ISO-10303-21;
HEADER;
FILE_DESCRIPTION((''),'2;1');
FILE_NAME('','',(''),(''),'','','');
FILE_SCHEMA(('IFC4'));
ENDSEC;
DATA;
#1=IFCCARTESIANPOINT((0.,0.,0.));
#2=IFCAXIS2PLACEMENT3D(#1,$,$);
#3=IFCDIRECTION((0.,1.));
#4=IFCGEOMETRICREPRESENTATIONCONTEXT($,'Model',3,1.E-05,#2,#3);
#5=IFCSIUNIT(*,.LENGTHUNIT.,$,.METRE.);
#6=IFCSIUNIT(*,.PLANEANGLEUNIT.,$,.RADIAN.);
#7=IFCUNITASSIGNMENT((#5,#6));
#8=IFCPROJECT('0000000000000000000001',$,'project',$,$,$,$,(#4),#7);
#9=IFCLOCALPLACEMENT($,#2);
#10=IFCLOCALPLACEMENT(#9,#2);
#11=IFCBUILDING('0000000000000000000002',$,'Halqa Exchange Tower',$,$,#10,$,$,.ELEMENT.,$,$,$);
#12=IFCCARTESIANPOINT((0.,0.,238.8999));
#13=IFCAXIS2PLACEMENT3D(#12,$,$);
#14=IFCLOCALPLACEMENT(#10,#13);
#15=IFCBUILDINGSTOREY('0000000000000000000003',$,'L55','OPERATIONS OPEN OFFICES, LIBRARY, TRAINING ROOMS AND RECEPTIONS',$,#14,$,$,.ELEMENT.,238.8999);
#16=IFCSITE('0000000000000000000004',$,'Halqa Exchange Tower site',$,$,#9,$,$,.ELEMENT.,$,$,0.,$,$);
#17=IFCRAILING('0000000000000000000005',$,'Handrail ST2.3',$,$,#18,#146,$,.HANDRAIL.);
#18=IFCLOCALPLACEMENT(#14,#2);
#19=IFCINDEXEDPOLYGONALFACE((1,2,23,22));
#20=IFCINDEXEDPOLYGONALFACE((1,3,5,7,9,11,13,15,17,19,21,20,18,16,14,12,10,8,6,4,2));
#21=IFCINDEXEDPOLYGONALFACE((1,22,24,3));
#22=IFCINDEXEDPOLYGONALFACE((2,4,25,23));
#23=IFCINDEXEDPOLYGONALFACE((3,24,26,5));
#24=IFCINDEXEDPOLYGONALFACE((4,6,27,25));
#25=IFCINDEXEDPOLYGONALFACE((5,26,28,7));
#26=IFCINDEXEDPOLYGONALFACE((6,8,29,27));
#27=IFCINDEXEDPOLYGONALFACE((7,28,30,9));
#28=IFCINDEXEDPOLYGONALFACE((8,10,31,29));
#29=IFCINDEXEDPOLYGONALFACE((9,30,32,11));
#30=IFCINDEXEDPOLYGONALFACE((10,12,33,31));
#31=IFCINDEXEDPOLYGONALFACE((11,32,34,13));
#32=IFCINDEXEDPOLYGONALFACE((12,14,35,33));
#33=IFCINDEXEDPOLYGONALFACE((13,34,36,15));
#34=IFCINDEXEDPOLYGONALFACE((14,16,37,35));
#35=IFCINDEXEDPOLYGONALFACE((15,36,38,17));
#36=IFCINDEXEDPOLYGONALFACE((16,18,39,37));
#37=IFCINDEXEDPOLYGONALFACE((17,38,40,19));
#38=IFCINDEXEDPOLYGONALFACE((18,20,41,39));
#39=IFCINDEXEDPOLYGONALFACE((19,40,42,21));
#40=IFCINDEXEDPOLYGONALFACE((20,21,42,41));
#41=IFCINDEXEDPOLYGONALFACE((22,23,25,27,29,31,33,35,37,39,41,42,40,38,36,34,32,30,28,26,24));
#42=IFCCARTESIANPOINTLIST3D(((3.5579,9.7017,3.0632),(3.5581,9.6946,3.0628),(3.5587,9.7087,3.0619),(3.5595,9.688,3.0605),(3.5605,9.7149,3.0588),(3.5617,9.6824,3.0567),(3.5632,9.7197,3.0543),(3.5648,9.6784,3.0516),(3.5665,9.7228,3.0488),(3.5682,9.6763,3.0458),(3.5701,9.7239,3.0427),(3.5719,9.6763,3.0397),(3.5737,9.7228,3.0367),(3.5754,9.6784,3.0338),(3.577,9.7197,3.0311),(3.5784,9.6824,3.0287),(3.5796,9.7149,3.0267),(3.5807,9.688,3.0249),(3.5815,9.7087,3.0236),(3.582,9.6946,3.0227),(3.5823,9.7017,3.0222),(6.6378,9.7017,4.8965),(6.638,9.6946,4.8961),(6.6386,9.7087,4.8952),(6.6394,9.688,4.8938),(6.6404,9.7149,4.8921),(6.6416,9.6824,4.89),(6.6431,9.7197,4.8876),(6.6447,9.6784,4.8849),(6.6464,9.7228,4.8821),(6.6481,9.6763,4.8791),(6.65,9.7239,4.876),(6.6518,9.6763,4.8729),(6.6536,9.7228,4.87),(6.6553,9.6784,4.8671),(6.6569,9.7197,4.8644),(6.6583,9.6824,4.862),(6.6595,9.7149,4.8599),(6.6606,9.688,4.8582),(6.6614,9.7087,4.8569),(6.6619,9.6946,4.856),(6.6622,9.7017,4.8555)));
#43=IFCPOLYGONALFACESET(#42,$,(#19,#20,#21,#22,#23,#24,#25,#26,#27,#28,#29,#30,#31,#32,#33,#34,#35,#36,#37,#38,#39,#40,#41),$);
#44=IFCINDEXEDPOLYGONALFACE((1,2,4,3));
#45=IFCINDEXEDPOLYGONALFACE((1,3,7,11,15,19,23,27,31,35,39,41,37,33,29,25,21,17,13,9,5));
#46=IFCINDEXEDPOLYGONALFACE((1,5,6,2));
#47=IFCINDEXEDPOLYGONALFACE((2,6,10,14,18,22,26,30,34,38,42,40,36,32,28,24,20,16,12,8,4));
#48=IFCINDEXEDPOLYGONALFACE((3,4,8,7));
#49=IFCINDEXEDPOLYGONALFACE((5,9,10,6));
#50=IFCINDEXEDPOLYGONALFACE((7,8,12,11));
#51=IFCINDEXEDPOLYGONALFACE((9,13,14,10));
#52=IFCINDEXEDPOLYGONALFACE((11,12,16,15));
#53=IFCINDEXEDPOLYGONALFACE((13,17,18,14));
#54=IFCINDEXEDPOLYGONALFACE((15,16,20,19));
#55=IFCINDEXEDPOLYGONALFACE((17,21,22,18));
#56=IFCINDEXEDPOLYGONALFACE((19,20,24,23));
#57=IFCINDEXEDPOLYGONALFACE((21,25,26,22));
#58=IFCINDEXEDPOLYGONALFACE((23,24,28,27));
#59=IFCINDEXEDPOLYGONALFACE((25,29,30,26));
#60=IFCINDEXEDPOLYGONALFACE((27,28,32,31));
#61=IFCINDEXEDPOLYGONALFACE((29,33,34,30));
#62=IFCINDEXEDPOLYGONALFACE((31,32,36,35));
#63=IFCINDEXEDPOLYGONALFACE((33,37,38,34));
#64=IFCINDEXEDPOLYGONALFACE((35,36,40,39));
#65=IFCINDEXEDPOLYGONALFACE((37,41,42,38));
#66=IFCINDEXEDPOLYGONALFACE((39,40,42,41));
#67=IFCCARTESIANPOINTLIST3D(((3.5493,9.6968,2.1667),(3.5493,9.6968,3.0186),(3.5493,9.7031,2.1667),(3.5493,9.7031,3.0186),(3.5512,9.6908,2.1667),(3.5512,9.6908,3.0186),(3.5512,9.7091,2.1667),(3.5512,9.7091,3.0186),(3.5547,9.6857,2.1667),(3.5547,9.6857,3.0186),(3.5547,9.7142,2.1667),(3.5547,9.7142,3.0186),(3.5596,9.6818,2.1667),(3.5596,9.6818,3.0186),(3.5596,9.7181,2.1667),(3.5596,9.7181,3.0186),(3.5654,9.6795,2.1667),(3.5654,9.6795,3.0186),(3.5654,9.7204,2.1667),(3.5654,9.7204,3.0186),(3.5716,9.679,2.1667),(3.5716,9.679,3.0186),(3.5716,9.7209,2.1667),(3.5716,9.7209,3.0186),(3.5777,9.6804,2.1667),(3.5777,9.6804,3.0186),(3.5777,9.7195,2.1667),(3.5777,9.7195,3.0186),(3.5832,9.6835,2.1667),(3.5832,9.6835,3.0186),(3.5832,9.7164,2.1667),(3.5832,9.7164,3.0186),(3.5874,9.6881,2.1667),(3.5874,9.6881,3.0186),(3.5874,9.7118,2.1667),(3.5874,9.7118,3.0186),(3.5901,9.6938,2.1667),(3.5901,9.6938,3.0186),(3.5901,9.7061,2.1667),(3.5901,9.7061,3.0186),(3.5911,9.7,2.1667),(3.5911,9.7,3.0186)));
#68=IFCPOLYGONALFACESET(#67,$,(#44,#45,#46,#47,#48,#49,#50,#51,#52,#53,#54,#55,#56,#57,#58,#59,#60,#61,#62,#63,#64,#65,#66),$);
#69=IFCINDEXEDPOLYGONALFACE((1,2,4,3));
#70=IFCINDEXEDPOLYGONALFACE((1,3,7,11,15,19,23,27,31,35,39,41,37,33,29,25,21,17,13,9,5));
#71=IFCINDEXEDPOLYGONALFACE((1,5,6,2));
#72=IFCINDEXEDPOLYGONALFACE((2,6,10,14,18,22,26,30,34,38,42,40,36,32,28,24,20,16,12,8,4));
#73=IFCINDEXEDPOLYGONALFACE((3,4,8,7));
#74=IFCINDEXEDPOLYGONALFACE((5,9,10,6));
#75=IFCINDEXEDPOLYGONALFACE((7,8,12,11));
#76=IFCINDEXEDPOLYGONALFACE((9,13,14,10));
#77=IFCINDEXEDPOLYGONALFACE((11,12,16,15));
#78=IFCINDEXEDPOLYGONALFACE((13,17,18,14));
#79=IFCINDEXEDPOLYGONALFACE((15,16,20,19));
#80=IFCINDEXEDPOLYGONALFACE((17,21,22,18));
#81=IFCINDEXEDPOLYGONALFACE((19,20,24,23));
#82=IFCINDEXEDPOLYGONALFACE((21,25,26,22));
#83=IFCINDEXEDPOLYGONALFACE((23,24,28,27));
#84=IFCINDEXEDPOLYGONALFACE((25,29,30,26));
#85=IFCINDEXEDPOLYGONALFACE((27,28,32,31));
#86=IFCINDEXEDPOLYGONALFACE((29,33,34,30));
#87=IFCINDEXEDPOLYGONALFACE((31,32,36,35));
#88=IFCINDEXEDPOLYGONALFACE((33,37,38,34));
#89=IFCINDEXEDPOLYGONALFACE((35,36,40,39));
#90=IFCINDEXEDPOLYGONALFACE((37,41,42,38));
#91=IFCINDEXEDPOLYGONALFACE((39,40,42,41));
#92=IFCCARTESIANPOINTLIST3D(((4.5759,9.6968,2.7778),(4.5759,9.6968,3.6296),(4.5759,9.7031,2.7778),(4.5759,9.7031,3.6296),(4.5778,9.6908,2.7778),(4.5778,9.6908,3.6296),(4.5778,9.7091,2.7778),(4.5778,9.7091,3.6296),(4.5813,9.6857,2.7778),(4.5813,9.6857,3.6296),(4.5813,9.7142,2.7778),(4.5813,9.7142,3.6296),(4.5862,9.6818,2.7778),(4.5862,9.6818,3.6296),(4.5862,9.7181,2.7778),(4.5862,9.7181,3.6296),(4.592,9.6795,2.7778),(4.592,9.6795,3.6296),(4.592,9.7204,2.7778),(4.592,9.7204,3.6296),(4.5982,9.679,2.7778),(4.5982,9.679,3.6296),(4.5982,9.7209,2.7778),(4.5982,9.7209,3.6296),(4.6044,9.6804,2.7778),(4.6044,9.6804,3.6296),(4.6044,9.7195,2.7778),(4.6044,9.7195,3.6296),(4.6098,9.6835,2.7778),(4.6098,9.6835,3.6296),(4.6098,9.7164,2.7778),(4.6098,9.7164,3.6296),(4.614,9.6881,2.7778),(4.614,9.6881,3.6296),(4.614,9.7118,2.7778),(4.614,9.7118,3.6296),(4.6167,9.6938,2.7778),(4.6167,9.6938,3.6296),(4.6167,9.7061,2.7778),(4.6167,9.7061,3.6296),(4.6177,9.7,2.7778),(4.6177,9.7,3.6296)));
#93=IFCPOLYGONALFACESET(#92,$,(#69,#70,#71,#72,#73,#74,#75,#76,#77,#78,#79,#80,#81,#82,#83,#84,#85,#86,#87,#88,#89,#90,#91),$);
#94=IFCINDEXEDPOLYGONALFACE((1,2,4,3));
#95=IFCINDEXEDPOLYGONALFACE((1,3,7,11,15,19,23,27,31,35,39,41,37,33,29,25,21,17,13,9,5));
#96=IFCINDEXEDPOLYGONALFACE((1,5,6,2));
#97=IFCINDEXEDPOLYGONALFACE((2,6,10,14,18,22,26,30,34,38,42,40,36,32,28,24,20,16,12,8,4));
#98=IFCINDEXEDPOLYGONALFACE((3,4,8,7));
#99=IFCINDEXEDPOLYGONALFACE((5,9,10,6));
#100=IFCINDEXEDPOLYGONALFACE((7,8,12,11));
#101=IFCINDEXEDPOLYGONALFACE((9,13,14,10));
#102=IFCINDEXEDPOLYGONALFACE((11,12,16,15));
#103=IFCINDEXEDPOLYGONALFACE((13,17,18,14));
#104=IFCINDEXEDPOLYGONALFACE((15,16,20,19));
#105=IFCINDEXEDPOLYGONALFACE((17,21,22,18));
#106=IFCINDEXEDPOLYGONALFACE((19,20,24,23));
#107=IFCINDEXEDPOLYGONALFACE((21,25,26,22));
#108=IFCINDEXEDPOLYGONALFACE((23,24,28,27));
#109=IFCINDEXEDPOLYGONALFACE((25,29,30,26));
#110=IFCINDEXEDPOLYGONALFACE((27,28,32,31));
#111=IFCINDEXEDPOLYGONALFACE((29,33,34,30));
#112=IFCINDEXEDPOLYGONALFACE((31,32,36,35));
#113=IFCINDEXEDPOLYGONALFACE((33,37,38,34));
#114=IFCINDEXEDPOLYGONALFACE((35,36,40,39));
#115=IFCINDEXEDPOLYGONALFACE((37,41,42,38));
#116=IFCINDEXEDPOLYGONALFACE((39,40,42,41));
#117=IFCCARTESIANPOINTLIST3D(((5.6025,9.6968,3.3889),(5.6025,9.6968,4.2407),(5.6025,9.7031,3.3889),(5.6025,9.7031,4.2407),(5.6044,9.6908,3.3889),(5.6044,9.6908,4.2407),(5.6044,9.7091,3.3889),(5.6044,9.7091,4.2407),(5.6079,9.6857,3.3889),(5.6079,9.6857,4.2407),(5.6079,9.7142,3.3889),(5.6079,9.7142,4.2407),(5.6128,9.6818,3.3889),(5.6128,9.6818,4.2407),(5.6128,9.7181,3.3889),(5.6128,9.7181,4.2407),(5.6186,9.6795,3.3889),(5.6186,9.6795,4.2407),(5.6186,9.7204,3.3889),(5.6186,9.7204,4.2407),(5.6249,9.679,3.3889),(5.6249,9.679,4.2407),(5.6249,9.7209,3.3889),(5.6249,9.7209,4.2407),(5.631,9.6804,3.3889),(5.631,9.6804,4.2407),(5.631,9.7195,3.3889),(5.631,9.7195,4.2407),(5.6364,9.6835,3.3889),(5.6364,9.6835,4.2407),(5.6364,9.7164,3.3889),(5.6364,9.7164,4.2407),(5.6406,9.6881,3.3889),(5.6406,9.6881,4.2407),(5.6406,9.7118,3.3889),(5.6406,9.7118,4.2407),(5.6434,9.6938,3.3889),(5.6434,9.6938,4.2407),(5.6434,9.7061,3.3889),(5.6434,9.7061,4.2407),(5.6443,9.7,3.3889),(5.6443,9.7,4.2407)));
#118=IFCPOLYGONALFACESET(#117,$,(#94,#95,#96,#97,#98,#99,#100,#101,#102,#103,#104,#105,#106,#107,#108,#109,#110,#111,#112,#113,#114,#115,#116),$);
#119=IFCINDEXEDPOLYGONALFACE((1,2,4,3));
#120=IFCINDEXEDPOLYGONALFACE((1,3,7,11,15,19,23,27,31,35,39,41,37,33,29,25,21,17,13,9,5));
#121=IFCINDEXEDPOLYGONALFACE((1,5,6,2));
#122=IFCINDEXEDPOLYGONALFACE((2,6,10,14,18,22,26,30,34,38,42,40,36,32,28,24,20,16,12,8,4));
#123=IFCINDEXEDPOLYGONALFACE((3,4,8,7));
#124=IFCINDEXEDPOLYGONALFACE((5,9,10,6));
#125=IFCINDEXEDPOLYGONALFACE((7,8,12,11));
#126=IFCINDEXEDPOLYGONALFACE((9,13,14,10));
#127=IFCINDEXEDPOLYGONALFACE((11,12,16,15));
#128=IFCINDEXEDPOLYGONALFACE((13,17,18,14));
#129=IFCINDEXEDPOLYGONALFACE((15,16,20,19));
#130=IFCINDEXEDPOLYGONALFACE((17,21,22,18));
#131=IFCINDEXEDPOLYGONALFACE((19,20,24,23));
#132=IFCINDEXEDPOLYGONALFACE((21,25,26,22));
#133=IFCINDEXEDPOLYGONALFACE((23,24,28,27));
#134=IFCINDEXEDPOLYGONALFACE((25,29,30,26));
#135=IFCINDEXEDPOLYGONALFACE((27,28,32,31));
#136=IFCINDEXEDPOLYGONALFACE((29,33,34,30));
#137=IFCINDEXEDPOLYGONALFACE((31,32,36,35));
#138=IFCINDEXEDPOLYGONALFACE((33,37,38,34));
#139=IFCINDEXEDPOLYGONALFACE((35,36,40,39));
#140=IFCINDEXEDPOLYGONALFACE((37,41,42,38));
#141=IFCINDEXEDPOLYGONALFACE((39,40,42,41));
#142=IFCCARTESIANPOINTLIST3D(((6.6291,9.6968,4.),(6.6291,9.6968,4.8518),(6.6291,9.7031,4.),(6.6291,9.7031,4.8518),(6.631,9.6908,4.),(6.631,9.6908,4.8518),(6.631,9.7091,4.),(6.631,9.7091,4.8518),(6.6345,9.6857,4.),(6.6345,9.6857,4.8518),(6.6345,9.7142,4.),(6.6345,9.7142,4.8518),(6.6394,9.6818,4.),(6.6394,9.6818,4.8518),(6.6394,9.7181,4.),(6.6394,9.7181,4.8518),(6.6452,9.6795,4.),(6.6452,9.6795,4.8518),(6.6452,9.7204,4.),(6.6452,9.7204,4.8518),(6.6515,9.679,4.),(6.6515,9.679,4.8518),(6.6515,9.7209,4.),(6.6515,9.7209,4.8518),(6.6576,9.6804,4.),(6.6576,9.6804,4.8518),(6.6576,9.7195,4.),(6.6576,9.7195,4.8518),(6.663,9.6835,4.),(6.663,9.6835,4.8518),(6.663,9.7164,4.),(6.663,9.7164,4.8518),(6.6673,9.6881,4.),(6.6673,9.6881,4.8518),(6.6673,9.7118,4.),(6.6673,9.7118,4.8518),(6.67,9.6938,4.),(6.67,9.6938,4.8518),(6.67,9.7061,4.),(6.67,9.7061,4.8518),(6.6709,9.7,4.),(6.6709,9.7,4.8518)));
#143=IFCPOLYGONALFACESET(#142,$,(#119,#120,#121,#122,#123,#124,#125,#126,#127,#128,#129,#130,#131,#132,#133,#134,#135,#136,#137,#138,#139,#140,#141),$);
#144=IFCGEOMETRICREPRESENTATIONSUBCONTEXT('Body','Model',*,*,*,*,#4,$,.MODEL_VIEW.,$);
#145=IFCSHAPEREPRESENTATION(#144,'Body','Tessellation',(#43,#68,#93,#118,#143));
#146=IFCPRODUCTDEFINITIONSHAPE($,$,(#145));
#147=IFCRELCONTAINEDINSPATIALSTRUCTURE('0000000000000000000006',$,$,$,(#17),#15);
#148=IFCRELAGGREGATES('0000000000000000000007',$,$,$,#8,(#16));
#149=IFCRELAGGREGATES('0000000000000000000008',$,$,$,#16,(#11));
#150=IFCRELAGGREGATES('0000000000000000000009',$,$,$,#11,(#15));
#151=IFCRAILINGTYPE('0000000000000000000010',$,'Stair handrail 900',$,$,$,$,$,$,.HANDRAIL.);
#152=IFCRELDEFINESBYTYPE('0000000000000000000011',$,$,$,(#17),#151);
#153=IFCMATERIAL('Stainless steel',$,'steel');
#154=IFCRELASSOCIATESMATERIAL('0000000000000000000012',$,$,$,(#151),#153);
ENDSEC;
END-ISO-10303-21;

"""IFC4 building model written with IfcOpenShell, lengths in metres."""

from ifc_helpers import new_model, si_unit, direction, frame, origin, origin_2d, place, context, subcontext, project, spatial, circle, extrude, material, type_object, element, save


model = new_model("IFC4")

# Units and contexts
model_context = context("Model", 3, precision=1e-05, world=origin(), true_north=direction((0.0, 1.0)))
body_context = subcontext(model_context, "Body", "Model", "MODEL_VIEW")
ifc_project = project(units=[si_unit("LENGTHUNIT", "METRE"), si_unit("PLANEANGLEUNIT", "RADIAN")], contexts=[model_context])

# Site, building, storey
site_placement = place(None, origin())
site = spatial("IfcSite", under=ifc_project, at=site_placement, Name="Halqa Exchange Tower site", CompositionType="ELEMENT", RefElevation=0.0)
building_placement = place(site_placement, origin())
building = spatial("IfcBuilding", under=site, at=building_placement, Name="Halqa Exchange Tower", CompositionType="ELEMENT")
storey_placement = place(building_placement, frame((0.0, 0.0, 238.8999)))
storey = spatial("IfcBuildingStorey", under=building, at=storey_placement, Name="L55", Description="OPERATIONS OPEN OFFICES, LIBRARY, TRAINING ROOMS AND RECEPTIONS", CompositionType="ELEMENT", Elevation=238.8999)

# Railing
ifc_material_1 = material(Name="Stainless steel", Category="steel")
railing_type_1 = type_object("IfcRailingType", Name="Stair handrail 900", PredefinedType="HANDRAIL", material=ifc_material_1)
railing_1_placement = place(storey_placement, frame((3.5701, 9.7, 2.1667)))
element("IfcRailing", 1, at=railing_1_placement, inside=storey, type_object=railing_type_1, Name="Handrail ST2.3", PredefinedType="HANDRAIL", context=body_context, shape_type="SweptSolid", body=[
    extrude(circle(Radius=0.0239, at=origin_2d()), frame((0.0, 0.0, 0.876), z_axis=(0.859291, 0.0, 0.511487), x_axis=(0.0, 1.0, 0.0)), (0.0, 0.0, 1.0), 3.5842),
    extrude(circle(Radius=0.021, at=origin_2d()), origin(), (0.0, 0.0, 1.0), 0.8518),
    extrude(circle(Radius=0.021, at=origin_2d()), frame((1.0266, 0.0, 0.6111)), (0.0, 0.0, 1.0), 0.8518),
    extrude(circle(Radius=0.021, at=origin_2d()), frame((2.0532, 0.0, 1.2222)), (0.0, 0.0, 1.0), 0.8518),
    extrude(circle(Radius=0.021, at=origin_2d()), frame((3.0798, 0.0, 1.8333)), (0.0, 0.0, 1.0), 0.8518),
])

save(model, "model.ifc")
